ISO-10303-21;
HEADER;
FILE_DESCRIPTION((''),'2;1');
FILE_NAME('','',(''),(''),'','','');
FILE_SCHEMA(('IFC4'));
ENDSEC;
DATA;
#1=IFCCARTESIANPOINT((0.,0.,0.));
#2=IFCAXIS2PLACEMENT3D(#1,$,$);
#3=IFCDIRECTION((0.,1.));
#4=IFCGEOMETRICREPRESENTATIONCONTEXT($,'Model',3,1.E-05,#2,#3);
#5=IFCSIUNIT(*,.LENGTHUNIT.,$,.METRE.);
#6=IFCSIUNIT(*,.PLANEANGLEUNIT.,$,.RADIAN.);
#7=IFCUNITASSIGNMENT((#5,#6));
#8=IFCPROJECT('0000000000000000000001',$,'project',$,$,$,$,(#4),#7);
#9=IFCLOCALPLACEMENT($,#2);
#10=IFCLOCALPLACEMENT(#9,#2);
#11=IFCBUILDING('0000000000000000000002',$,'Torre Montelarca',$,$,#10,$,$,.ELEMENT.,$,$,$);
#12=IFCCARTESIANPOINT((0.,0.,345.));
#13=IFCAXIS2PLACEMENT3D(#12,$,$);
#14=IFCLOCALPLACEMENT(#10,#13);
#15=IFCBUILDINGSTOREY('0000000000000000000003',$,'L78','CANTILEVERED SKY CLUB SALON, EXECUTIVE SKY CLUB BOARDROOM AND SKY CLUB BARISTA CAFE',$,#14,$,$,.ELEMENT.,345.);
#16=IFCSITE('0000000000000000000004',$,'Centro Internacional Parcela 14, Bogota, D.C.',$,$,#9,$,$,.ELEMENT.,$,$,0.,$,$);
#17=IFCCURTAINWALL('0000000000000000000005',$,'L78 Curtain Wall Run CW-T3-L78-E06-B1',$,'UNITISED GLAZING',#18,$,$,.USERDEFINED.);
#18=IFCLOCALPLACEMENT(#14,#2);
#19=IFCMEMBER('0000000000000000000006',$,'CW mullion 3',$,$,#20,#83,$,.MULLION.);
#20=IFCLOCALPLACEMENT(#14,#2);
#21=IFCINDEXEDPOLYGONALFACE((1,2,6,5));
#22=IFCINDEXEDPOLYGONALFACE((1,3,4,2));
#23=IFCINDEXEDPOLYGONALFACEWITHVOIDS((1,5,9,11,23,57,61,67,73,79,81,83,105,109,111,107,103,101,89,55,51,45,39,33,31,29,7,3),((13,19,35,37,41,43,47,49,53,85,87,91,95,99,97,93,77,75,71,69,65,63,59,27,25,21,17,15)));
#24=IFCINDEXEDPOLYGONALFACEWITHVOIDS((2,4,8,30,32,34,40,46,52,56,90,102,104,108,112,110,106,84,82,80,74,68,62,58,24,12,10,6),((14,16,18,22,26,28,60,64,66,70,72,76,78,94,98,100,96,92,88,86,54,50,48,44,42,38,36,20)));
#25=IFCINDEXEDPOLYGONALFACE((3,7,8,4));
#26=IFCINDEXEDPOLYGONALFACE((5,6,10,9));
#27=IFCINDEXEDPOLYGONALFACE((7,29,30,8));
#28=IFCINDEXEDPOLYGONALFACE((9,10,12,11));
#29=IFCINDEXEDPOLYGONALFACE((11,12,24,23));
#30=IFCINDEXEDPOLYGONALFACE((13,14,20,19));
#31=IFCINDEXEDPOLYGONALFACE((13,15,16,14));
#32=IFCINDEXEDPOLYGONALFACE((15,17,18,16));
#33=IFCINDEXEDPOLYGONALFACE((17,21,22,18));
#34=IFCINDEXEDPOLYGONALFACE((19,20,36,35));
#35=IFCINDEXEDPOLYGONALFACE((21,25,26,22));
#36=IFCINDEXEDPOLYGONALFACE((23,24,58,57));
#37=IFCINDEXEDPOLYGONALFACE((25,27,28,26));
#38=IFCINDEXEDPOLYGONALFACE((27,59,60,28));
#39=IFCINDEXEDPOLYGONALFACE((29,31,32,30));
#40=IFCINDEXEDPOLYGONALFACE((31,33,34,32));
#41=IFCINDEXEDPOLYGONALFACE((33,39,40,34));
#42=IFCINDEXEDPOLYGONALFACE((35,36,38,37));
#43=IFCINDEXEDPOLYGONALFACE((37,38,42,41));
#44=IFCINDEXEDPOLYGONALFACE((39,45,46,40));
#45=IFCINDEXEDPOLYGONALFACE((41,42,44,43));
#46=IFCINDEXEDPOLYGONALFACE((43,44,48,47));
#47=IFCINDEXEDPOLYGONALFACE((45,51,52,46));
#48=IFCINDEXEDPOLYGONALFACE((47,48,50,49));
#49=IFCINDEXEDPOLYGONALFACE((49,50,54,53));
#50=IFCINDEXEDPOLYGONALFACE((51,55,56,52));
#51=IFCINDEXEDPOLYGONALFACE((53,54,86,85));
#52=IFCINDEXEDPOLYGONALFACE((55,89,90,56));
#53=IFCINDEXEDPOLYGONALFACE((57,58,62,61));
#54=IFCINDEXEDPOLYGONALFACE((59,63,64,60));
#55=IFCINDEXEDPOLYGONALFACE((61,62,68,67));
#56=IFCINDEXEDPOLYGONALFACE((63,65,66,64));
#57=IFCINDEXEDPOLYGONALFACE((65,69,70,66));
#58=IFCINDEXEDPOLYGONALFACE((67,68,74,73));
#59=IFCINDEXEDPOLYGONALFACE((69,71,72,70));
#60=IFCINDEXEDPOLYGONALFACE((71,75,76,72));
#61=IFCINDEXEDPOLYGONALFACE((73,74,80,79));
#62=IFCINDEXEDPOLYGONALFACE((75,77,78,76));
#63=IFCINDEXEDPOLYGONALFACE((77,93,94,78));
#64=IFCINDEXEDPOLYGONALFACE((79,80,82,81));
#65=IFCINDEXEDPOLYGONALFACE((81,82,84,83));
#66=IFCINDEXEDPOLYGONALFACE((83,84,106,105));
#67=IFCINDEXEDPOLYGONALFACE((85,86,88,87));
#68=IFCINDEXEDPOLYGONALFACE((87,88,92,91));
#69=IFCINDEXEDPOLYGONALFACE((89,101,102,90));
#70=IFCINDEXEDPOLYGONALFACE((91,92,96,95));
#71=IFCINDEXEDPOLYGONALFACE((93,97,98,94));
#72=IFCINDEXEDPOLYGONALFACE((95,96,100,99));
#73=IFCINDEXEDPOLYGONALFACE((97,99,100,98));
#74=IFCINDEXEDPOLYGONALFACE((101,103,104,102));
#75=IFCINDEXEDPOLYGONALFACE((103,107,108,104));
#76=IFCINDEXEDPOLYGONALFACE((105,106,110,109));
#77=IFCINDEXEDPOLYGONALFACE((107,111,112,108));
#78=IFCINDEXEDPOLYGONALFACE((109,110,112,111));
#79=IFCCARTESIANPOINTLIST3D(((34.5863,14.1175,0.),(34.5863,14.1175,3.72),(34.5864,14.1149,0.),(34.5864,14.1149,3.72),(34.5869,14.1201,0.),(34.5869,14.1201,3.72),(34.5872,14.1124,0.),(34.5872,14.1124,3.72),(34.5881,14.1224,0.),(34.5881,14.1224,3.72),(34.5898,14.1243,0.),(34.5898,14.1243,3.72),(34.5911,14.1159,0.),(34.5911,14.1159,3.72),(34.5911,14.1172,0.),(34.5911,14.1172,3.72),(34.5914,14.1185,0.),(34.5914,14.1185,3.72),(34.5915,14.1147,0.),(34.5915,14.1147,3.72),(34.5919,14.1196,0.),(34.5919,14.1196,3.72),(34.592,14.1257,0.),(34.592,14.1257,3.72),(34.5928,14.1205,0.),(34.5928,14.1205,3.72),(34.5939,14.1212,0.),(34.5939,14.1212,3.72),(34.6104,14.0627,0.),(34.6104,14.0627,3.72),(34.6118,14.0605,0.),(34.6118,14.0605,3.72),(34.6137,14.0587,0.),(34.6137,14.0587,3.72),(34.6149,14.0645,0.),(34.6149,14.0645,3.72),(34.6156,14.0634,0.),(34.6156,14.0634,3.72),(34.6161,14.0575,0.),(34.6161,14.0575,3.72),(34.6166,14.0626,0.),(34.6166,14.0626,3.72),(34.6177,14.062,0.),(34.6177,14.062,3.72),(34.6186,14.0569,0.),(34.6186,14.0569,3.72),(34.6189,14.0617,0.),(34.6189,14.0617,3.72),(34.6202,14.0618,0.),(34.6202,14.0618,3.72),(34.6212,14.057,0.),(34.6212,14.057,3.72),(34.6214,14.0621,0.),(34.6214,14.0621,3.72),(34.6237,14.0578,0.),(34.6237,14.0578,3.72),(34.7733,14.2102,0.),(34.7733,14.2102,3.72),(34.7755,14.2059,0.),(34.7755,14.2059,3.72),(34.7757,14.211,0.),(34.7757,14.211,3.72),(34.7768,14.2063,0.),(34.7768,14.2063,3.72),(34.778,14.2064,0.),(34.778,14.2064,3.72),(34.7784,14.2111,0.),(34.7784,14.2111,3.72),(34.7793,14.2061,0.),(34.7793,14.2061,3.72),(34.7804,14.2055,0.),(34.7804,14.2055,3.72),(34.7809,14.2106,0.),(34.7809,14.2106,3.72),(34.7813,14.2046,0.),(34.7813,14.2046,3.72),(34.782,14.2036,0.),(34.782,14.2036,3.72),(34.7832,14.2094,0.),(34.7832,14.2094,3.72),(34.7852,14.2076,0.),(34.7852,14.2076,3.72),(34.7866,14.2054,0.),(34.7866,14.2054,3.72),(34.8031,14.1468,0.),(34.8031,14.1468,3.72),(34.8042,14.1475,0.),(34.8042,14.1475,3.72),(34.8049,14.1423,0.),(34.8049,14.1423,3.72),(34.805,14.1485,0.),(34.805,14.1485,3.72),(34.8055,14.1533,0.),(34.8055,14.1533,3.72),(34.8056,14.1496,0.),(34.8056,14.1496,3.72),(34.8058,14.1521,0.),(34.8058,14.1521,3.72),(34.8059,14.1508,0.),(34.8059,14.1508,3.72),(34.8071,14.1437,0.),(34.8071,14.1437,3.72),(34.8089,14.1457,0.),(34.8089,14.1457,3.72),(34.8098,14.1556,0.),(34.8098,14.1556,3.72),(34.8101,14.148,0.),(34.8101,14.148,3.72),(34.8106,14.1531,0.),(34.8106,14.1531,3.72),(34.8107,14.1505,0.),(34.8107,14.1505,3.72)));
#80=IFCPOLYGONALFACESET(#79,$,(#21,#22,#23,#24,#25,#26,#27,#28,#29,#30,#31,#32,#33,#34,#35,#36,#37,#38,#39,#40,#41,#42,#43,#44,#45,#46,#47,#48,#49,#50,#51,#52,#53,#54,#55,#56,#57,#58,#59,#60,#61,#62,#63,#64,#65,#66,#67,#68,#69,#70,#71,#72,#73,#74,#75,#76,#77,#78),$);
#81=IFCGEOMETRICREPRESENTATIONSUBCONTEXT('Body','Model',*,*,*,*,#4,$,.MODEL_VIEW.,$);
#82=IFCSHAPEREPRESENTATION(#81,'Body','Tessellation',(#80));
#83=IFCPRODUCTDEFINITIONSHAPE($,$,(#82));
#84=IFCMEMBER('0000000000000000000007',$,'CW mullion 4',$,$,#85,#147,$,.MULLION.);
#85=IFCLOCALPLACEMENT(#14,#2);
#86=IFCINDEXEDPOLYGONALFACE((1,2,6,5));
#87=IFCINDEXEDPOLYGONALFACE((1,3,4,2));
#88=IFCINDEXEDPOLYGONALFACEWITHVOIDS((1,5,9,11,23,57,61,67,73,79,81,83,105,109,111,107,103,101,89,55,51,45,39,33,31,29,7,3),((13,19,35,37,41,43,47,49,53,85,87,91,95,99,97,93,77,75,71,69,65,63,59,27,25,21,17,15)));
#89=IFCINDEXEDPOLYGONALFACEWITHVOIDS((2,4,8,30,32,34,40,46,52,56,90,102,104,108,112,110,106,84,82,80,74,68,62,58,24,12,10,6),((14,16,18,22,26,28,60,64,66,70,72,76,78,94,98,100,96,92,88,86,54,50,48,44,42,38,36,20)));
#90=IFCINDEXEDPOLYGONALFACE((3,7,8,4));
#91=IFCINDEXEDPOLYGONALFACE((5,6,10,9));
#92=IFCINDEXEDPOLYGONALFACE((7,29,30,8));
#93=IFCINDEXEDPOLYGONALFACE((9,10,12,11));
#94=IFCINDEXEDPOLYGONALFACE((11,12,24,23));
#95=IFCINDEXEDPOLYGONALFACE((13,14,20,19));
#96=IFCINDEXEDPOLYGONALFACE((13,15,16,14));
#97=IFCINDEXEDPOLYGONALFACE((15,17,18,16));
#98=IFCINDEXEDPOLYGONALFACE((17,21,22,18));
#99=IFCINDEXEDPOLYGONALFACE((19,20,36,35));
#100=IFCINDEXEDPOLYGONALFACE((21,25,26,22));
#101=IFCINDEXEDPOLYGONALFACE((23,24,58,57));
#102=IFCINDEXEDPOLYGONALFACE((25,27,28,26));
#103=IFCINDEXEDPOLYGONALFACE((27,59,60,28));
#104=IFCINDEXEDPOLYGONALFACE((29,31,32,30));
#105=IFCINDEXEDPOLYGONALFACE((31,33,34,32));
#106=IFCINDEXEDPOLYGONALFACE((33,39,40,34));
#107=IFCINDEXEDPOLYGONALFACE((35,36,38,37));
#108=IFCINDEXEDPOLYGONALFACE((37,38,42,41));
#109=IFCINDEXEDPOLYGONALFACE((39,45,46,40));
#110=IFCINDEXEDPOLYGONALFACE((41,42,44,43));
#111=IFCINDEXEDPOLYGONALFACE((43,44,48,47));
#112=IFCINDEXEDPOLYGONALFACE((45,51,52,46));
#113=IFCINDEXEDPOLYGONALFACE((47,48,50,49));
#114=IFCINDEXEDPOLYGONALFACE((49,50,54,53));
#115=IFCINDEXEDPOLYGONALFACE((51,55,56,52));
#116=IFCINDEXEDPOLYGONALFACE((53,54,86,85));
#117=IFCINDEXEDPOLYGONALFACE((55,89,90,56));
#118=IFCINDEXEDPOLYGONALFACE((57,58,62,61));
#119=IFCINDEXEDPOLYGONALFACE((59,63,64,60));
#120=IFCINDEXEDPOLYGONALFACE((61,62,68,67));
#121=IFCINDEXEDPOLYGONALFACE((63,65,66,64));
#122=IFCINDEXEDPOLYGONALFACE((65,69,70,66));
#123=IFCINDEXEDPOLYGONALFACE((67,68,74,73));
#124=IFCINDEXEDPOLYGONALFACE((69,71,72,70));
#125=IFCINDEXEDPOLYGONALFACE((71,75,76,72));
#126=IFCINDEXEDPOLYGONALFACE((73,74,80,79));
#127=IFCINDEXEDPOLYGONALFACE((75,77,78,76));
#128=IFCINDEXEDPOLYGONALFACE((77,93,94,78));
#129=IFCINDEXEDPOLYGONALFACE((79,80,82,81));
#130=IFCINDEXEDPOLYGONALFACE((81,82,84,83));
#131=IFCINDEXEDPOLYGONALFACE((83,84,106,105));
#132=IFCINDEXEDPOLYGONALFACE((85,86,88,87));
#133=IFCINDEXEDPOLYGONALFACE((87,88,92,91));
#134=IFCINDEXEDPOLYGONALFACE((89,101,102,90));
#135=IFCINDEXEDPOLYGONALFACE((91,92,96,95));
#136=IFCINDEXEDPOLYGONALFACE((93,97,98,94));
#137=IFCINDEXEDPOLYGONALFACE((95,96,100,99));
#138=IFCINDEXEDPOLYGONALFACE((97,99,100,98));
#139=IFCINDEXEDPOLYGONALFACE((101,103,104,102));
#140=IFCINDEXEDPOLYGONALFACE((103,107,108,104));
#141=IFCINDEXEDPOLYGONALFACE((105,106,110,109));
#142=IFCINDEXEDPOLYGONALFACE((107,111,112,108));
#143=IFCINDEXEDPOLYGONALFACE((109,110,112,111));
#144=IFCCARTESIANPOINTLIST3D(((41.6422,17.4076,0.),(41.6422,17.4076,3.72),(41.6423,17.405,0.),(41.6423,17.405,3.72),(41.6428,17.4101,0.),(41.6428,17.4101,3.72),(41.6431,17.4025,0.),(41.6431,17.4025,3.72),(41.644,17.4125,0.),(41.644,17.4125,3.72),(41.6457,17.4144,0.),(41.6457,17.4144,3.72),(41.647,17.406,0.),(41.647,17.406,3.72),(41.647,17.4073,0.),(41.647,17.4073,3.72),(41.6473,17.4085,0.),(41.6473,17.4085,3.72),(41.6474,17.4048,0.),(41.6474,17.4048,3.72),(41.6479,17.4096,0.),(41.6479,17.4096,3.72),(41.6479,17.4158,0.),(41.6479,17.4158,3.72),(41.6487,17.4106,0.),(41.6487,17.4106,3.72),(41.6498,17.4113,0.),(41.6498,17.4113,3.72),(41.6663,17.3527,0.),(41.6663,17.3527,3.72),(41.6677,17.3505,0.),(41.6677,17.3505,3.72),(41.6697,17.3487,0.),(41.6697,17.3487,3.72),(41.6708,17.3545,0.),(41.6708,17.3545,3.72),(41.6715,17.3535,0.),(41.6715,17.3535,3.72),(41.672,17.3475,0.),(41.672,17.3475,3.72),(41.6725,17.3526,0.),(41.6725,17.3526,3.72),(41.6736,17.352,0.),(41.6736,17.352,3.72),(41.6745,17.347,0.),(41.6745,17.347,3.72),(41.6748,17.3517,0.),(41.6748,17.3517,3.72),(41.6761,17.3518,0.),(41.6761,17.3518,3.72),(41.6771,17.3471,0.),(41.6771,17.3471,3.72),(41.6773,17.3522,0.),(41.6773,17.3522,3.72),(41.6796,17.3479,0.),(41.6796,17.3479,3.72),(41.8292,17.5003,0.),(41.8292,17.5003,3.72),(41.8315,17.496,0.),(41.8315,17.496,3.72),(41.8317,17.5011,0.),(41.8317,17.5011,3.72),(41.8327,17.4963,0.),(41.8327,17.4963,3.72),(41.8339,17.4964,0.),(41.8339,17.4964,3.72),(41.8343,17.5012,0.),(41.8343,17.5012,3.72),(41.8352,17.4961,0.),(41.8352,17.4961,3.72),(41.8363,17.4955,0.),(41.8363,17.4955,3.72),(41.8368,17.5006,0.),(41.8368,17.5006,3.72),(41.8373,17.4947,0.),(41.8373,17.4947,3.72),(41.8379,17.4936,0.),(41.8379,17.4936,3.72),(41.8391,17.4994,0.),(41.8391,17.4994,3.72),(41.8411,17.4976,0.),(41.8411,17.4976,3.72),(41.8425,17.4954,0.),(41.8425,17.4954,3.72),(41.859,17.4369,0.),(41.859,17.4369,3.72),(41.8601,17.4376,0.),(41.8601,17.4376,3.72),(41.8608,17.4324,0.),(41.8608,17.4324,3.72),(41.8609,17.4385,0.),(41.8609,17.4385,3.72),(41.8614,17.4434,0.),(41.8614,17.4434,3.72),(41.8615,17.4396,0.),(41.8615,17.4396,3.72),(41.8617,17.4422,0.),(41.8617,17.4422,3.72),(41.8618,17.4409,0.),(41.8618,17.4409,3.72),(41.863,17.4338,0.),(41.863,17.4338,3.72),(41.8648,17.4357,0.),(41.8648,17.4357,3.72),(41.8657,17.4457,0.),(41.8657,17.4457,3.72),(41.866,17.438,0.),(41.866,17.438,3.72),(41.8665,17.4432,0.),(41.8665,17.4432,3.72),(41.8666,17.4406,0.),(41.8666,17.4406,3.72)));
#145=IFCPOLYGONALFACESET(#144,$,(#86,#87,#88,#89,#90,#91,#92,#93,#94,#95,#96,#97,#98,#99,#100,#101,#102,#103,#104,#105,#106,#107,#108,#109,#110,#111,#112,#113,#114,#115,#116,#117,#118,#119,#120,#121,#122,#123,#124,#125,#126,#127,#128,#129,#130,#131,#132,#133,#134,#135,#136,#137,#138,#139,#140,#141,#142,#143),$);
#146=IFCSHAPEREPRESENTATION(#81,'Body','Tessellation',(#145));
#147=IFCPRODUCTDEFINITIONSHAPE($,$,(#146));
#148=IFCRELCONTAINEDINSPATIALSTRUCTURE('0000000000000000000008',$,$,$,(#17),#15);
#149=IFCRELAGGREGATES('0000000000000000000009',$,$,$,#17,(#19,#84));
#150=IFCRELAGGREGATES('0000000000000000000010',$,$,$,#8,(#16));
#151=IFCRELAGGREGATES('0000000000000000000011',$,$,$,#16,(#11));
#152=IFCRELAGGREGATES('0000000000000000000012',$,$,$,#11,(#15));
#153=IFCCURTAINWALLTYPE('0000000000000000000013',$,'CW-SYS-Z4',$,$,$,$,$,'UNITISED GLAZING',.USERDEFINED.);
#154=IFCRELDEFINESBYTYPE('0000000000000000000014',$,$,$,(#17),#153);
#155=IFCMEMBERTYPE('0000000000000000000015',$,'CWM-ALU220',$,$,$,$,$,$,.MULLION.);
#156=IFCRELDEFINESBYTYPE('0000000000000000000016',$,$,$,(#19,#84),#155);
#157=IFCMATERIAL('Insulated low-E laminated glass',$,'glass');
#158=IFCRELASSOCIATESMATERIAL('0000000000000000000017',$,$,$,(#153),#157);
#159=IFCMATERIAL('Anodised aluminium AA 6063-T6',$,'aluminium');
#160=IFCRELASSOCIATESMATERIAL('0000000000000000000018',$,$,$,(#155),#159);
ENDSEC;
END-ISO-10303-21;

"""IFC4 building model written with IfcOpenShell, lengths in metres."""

from ifc_helpers import new_model, si_unit, direction, frame, origin, origin_2d, place, context, subcontext, project, spatial, hollow_rectangle, extrude, source, transform, mapped, material, material_profile, profile_set, type_object, element, aggregate, save


model = new_model("IFC4")

# Units and contexts
model_context = context("Model", 3, precision=1e-05, world=origin(), true_north=direction((0.0, 1.0)))
body_context = subcontext(model_context, "Body", "Model", "MODEL_VIEW")
ifc_project = project(units=[si_unit("LENGTHUNIT", "METRE"), si_unit("PLANEANGLEUNIT", "RADIAN")], contexts=[model_context])

# Site, building, storey
site_placement = place(None, origin())
site = spatial("IfcSite", under=ifc_project, at=site_placement, Name="Centro Internacional Parcela 14, Bogota, D.C.", CompositionType="ELEMENT", RefElevation=0.0)
building_placement = place(site_placement, origin())
building = spatial("IfcBuilding", under=site, at=building_placement, Name="Torre Montelarca", CompositionType="ELEMENT")
storey_placement = place(building_placement, frame((0.0, 0.0, 345.0)))
storey = spatial("IfcBuildingStorey", under=building, at=storey_placement, Name="L78", Description="CANTILEVERED SKY CLUB SALON, EXECUTIVE SKY CLUB BOARDROOM AND SKY CLUB BARISTA CAFE", CompositionType="ELEMENT", Elevation=345.0)

# Curtain wall, members
ifc_material_1 = material(Name="Insulated low-E laminated glass", Category="glass")
curtain_wall_type = type_object("IfcCurtainWallType", Name="CW-SYS-Z4", ElementType="UNITISED GLAZING", PredefinedType="USERDEFINED", material=ifc_material_1)
curtain_wall_1_placement = place(storey_placement, origin())
curtain_wall_1 = element("IfcCurtainWall", 1, at=curtain_wall_1_placement, inside=storey, type_object=curtain_wall_type, Name="L78 Curtain Wall Run CW-T3-L78-E06-B1", ObjectType="UNITISED GLAZING", PredefinedType="USERDEFINED")
ifc_material_2 = material(Name="Anodised aluminium AA 6063-T6", Category="aluminium")
ifc_material_profile_1 = material_profile(ifc_material_2, hollow_rectangle(XDim=0.075, YDim=0.22, WallThickness=0.0049, InnerFilletRadius=0.0049, OuterFilletRadius=0.01, at=origin_2d()), Name="ALU75X220X5", Category="aluminium")
ifc_profile_set_1 = profile_set([ifc_material_profile_1], Name="Anodised aluminium AA 6063-T6")
member_type_1 = type_object("IfcMemberType", Name="CWM-ALU220", PredefinedType="MULLION", material=ifc_profile_set_1)
shared_shape_1 = source(origin(), body_context, "Body", "SweptSolid", [
    extrude(hollow_rectangle(XDim=0.075, YDim=0.22, WallThickness=0.0049, InnerFilletRadius=0.0049, OuterFilletRadius=0.01, at=origin_2d()), origin(), (0.0, 0.0, 1.0), 3.72),
])
member_1_placement = place(storey_placement, frame((34.6985, 14.134, 0.0), z_axis=(0.0, 0.0, 1.0), x_axis=(-0.422612, 0.906311, 0.0)))
member_1 = element("IfcMember", 2, at=member_1_placement, type_object=member_type_1, Name="CW mullion 3", PredefinedType="MULLION", context=body_context, shape_type="MappedRepresentation", body=[
    mapped(shared_shape_1, transform((0.0, 0.0, 0.0), scale=1.0)),
])
member_2_placement = place(storey_placement, frame((41.7544, 17.4241, 0.0), z_axis=(0.0, 0.0, 1.0), x_axis=(-0.422612, 0.906311, 0.0)))
member_2 = element("IfcMember", 3, at=member_2_placement, type_object=member_type_1, Name="CW mullion 4", PredefinedType="MULLION", context=body_context, shape_type="MappedRepresentation", body=[
    mapped(shared_shape_1, transform((0.0, 0.0, 0.0), scale=1.0)),
])

aggregate(curtain_wall_1, [member_1, member_2])

save(model, "model.ifc")
